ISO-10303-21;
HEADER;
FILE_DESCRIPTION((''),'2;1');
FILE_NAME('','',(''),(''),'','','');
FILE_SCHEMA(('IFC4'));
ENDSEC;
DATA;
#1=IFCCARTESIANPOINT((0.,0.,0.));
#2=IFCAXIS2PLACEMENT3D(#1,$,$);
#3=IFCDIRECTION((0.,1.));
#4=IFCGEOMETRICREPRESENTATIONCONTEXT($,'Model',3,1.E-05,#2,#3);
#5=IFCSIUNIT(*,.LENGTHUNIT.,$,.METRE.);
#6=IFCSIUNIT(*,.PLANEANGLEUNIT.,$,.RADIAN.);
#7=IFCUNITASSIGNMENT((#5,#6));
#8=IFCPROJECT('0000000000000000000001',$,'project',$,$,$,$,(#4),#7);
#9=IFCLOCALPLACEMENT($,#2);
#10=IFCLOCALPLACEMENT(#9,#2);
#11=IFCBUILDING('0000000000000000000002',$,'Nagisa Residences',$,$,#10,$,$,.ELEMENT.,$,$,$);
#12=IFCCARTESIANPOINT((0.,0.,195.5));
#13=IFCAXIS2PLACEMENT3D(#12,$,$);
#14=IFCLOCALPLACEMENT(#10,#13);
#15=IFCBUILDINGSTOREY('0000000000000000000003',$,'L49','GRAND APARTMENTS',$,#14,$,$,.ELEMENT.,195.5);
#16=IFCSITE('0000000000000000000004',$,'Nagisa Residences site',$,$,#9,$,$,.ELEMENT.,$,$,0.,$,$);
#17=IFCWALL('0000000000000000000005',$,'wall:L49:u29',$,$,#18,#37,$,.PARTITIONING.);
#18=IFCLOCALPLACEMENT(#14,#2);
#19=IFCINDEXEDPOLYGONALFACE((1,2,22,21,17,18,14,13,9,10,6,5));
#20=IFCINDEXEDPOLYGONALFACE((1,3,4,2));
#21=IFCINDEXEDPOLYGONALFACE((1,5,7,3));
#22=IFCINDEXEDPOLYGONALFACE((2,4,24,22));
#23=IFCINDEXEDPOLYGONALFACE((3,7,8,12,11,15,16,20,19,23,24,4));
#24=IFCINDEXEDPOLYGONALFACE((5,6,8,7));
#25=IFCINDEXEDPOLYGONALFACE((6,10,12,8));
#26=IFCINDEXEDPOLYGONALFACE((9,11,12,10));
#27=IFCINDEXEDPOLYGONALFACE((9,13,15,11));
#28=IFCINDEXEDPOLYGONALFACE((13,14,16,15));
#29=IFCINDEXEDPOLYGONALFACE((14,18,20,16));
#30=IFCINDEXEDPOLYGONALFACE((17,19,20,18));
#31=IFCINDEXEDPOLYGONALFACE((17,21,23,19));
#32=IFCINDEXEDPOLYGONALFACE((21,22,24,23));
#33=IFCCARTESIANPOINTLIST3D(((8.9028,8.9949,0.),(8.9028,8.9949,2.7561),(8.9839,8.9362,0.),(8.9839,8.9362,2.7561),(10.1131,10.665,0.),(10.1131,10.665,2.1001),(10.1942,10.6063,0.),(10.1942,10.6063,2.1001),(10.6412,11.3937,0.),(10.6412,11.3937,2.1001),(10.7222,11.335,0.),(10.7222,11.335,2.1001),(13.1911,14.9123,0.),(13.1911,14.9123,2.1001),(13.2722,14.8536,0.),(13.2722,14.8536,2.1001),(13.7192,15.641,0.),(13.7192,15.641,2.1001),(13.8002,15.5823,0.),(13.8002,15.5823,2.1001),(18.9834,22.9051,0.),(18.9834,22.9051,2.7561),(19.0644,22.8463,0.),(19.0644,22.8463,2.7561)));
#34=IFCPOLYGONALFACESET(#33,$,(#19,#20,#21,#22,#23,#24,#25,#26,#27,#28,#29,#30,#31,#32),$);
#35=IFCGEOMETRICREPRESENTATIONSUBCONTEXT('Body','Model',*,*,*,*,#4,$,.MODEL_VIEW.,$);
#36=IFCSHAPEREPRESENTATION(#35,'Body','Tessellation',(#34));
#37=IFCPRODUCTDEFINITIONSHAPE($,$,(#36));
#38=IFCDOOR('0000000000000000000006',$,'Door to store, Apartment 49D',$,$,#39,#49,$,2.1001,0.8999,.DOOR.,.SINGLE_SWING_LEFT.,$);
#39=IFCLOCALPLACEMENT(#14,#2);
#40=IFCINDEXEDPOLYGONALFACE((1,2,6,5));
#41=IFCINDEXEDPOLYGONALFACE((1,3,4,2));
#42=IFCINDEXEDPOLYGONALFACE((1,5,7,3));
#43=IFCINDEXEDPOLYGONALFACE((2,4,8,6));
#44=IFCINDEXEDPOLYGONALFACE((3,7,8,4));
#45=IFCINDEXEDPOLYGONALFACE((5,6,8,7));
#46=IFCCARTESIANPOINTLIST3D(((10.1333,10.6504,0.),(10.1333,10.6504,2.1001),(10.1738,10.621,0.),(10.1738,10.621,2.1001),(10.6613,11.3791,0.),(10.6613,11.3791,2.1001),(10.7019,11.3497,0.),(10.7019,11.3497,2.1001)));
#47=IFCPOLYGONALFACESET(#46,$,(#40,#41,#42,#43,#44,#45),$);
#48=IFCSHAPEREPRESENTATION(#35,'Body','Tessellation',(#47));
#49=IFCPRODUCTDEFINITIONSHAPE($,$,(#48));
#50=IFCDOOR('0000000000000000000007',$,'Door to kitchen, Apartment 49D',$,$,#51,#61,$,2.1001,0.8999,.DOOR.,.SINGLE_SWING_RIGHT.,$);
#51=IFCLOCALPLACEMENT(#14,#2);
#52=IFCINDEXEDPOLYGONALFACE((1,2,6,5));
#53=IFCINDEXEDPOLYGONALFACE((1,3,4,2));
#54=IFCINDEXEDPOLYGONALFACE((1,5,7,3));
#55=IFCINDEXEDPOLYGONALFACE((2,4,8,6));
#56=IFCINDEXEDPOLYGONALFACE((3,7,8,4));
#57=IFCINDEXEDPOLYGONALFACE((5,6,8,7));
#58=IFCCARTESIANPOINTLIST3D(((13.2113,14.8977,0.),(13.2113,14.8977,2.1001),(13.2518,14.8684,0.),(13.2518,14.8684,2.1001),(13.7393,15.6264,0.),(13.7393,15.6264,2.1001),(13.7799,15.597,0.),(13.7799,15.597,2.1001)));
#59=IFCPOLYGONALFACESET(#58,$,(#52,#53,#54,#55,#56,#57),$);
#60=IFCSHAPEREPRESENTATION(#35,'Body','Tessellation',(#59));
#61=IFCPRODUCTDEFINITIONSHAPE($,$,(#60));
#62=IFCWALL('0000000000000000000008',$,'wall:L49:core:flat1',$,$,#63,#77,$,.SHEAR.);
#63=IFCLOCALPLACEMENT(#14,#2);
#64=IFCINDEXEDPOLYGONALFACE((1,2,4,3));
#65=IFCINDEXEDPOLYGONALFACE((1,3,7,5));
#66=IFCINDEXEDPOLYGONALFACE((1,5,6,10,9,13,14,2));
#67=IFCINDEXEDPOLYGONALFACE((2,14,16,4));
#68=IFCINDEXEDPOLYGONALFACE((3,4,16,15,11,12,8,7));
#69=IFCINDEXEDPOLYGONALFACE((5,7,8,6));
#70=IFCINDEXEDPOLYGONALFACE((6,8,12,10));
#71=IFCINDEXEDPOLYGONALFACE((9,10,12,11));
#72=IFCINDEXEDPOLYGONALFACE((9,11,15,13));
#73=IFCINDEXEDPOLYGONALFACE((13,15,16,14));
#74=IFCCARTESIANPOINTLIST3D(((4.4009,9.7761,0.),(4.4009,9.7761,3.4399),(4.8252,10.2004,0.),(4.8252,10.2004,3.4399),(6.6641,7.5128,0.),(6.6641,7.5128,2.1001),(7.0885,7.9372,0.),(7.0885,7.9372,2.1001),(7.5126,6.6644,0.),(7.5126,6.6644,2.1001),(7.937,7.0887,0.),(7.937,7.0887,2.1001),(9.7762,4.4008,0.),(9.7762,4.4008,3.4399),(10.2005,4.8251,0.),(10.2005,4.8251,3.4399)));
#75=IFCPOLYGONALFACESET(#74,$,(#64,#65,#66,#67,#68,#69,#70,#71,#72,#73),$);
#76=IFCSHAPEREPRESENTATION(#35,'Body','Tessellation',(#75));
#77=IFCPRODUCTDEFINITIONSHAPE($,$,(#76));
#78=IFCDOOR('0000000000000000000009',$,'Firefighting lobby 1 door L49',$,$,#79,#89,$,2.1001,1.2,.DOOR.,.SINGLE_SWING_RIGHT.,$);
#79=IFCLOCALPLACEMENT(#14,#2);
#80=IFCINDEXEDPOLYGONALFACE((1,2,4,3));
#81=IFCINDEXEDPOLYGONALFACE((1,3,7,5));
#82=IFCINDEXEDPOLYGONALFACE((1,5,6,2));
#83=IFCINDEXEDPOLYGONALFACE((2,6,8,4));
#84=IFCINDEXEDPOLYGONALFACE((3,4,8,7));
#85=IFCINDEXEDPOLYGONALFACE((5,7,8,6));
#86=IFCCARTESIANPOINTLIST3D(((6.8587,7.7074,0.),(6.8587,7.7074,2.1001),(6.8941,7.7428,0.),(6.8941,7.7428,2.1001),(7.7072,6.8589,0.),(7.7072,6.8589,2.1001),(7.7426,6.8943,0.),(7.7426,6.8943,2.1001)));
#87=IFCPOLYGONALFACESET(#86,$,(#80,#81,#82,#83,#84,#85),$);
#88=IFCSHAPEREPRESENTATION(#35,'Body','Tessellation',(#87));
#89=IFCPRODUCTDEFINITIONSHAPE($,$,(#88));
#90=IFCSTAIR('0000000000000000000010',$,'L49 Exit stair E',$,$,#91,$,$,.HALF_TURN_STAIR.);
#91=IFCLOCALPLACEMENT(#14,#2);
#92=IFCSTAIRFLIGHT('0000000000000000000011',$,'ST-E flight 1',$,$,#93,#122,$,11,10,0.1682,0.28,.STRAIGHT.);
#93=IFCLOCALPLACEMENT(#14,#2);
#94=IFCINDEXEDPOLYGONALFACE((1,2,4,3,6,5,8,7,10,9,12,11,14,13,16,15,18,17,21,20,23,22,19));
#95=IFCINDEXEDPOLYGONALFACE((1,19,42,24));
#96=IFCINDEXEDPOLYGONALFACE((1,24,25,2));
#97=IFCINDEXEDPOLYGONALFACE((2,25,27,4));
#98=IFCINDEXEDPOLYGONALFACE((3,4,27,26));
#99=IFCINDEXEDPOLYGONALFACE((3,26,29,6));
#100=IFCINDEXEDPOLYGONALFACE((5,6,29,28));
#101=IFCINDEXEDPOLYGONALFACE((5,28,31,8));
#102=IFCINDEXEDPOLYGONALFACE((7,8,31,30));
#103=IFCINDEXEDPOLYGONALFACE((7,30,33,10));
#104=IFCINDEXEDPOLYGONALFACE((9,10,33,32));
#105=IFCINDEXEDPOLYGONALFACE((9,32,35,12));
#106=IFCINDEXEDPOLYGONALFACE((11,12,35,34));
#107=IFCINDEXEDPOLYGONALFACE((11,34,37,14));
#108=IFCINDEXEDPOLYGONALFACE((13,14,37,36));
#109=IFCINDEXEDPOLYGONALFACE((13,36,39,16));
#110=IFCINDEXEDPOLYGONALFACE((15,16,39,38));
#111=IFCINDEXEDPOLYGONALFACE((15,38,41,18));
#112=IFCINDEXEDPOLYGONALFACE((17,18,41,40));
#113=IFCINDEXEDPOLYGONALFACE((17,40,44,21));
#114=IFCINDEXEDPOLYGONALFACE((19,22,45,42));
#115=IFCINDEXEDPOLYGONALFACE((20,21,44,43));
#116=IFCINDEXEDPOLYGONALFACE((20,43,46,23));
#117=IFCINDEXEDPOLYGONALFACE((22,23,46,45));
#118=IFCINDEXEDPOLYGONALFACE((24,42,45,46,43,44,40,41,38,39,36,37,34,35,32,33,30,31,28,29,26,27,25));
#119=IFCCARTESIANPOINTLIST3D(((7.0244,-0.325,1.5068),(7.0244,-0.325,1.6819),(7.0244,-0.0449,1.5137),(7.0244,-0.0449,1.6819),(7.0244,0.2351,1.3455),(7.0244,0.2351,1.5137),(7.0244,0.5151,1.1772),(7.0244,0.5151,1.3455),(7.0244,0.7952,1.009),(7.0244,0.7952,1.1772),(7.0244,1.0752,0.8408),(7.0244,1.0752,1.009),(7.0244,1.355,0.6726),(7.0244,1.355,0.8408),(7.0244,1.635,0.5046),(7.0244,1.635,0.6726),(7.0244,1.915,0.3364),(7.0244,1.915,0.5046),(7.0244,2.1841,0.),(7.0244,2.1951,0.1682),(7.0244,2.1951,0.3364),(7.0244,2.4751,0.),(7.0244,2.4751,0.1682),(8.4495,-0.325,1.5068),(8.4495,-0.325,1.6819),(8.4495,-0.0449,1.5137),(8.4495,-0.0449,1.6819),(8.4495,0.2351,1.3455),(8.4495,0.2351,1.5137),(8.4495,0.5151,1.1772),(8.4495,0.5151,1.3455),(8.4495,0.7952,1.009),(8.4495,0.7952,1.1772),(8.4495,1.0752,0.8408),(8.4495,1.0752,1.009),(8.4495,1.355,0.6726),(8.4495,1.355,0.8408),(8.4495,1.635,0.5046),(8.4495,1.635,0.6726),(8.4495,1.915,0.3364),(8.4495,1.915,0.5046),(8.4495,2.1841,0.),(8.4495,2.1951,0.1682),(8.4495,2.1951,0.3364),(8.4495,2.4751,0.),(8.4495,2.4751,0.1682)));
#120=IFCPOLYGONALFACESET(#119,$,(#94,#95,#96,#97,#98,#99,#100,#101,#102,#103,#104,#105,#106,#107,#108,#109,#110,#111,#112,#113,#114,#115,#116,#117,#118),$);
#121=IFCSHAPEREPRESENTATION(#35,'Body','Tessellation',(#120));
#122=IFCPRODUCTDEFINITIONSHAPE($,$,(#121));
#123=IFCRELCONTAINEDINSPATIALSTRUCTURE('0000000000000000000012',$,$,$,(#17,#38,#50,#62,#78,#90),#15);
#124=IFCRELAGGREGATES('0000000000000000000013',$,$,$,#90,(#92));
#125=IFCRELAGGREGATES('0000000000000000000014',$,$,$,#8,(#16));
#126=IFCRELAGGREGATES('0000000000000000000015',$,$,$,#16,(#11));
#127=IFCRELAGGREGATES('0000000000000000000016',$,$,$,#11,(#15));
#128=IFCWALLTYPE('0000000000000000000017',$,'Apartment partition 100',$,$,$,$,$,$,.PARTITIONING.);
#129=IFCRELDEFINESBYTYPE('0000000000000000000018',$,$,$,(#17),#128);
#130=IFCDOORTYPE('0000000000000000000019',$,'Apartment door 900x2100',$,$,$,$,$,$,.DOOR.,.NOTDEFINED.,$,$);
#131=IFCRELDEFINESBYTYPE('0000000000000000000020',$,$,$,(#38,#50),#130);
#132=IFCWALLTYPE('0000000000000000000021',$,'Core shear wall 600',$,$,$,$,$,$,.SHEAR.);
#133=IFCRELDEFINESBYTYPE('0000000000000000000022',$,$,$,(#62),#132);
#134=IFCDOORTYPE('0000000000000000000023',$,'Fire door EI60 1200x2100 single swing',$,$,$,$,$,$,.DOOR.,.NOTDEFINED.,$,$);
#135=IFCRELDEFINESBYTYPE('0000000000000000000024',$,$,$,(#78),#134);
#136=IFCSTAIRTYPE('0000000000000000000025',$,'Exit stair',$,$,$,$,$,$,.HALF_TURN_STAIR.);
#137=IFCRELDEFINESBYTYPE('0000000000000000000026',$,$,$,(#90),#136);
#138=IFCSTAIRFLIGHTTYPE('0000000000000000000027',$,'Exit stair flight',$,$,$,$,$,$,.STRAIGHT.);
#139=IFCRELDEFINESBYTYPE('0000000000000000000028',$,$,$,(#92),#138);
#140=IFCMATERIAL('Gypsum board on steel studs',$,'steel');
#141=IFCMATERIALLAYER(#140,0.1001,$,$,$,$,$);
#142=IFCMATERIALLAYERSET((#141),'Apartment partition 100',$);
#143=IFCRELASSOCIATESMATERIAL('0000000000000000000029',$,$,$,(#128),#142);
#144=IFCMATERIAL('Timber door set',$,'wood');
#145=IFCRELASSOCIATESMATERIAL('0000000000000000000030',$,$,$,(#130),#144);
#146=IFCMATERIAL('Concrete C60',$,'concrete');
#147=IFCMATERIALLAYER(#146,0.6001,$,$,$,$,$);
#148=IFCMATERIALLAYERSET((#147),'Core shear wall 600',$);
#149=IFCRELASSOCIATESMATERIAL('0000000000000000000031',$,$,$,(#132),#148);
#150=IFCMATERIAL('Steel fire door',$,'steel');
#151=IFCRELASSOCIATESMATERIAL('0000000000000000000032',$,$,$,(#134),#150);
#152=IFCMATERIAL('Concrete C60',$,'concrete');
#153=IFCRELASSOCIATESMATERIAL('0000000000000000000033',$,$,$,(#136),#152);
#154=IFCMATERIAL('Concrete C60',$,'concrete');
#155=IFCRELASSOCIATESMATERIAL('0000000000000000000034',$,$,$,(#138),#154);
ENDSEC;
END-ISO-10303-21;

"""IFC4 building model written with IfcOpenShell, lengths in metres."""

from ifc_helpers import new_model, si_unit, direction, frame, frame_2d, origin, place, context, subcontext, project, spatial, polyline, rectangle, outline, extrude, material, layer, layer_set, type_object, element, fill, aggregate, save


model = new_model("IFC4")

# Units and contexts
model_context = context("Model", 3, precision=1e-05, world=origin(), true_north=direction((0.0, 1.0)))
body_context = subcontext(model_context, "Body", "Model", "MODEL_VIEW")
ifc_project = project(units=[si_unit("LENGTHUNIT", "METRE"), si_unit("PLANEANGLEUNIT", "RADIAN")], contexts=[model_context])

# Site, building, storey
site_placement = place(None, origin())
site = spatial("IfcSite", under=ifc_project, at=site_placement, Name="Nagisa Residences site", CompositionType="ELEMENT", RefElevation=0.0)
building_placement = place(site_placement, origin())
building = spatial("IfcBuilding", under=site, at=building_placement, Name="Nagisa Residences", CompositionType="ELEMENT")
storey_placement = place(building_placement, frame((0.0, 0.0, 195.5)))
storey = spatial("IfcBuildingStorey", under=building, at=storey_placement, Name="L49", Description="GRAND APARTMENTS", CompositionType="ELEMENT", Elevation=195.5)

# Shared definitions
ifc_material_1 = material(Name="Gypsum board on steel studs", Category="steel")
ifc_layer_1 = layer(ifc_material_1, 0.1001)
ifc_layer_set_1 = layer_set([ifc_layer_1], Name="Apartment partition 100")
wall_type_1 = type_object("IfcWallType", Name="Apartment partition 100", PredefinedType="PARTITIONING", material=ifc_layer_set_1)
ifc_material_2 = material(Name="Timber door set", Category="wood")
door_type_1 = type_object("IfcDoorType", Name="Apartment door 900x2100", OperationType="NOTDEFINED", PredefinedType="DOOR", material=ifc_material_2)

# Wall, openings, doors
wall_1_placement = place(storey_placement, frame((8.9434, 8.9656, 0.0), z_axis=(0.0, 0.0, 1.0), x_axis=(0.586804, 0.809729, 0.0)))
wall_1 = element("IfcWall", 1, at=wall_1_placement, inside=storey, type_object=wall_type_1, Name="wall:L49:u29", PredefinedType="PARTITIONING", context=body_context, shape_type="SweptSolid", body=[
    extrude(rectangle(XDim=17.1787, YDim=0.1001, at=frame_2d((8.5894, 0.0))), origin(), (0.0, 0.0, 1.0), 2.7561),
])
opening_1_placement = place(wall_1_placement, frame((2.0625, 0.0, 0.0)))
opening_1 = element("IfcOpeningElement", 2, at=opening_1_placement, cuts=wall_1, PredefinedType="OPENING", context=body_context, shape_type="SweptSolid", body=[
    extrude(rectangle(XDim=0.8999, YDim=2.1001, at=frame_2d((0.45, 1.05))), frame((0.0, 0.0601, 0.0), z_axis=(0.0, -1.0, 0.0), x_axis=(1.0, 0.0, 0.0)), (0.0, 0.0, 1.0), 0.1201),
])
opening_2_placement = place(wall_1_placement, frame((7.3079, 0.0, 0.0)))
opening_2 = element("IfcOpeningElement", 3, at=opening_2_placement, cuts=wall_1, PredefinedType="OPENING", context=body_context, shape_type="SweptSolid", body=[
    extrude(rectangle(XDim=0.8999, YDim=2.1001, at=frame_2d((0.45, 1.05))), frame((0.0, 0.0601, 0.0), z_axis=(0.0, -1.0, 0.0), x_axis=(1.0, 0.0, 0.0)), (0.0, 0.0, 1.0), 0.1201),
])
door_1_placement = place(opening_1_placement, frame((0.8999, 0.0, 0.0), x_axis=(-1.0, 0.0, 0.0)))
door_1 = element("IfcDoor", 4, at=door_1_placement, inside=storey, type_object=door_type_1, Name="Door to store, Apartment 49D", OperationType="SINGLE_SWING_LEFT", OverallHeight=2.1001, OverallWidth=0.8999, PredefinedType="DOOR", context=body_context, shape_type="SweptSolid", body=[
    extrude(rectangle(XDim=0.8999, YDim=2.1001, at=frame_2d((0.45, 1.05))), frame((0.0, 0.0249, 0.0), z_axis=(0.0, -1.0, 0.0), x_axis=(1.0, 0.0, 0.0)), (0.0, 0.0, 1.0), 0.05),
])
fill(opening_1, door_1)
door_2_placement = place(opening_2_placement, frame((0.8999, 0.0, 0.0), x_axis=(-1.0, 0.0, 0.0)))
door_2 = element("IfcDoor", 5, at=door_2_placement, inside=storey, type_object=door_type_1, Name="Door to kitchen, Apartment 49D", OperationType="SINGLE_SWING_RIGHT", OverallHeight=2.1001, OverallWidth=0.8999, PredefinedType="DOOR", context=body_context, shape_type="SweptSolid", body=[
    extrude(rectangle(XDim=0.8999, YDim=2.1001, at=frame_2d((0.45, 1.05))), frame((0.0, 0.0249, 0.0), z_axis=(0.0, -1.0, 0.0), x_axis=(1.0, 0.0, 0.0)), (0.0, 0.0, 1.0), 0.05),
])
fill(opening_2, door_2)

# Wall, opening, door
ifc_material_3 = material(Name="Concrete C60", Category="concrete")
ifc_layer_2 = layer(ifc_material_3, 0.6001)
ifc_layer_set_2 = layer_set([ifc_layer_2], Name="Core shear wall 600")
wall_type_2 = type_object("IfcWallType", Name="Core shear wall 600", PredefinedType="SHEAR", material=ifc_layer_set_2)
wall_2_placement = place(storey_placement, frame((9.9883, 4.613, 0.0), z_axis=(0.0, 0.0, 1.0), x_axis=(-0.707107, 0.707107, 0.0)))
wall_2 = element("IfcWall", 6, at=wall_2_placement, inside=storey, type_object=wall_type_2, Name="wall:L49:core:flat1", PredefinedType="SHEAR", context=body_context, shape_type="SweptSolid", body=[
    extrude(rectangle(XDim=7.6018, YDim=0.6001, at=frame_2d((3.8008, 0.0))), origin(), (0.0, 0.0, 1.0), 3.4399),
])
opening_3_placement = place(wall_2_placement, frame((3.2009, 0.0, 0.0)))
opening_3 = element("IfcOpeningElement", 7, at=opening_3_placement, cuts=wall_2, PredefinedType="OPENING", context=body_context, shape_type="SweptSolid", body=[
    extrude(rectangle(XDim=1.2, YDim=2.1001, at=frame_2d((0.6001, 1.05))), frame((0.0, 0.3101, 0.0), z_axis=(0.0, -1.0, 0.0), x_axis=(1.0, 0.0, 0.0)), (0.0, 0.0, 1.0), 0.6201),
])
ifc_material_4 = material(Name="Steel fire door", Category="steel")
door_type_2 = type_object("IfcDoorType", Name="Fire door EI60 1200x2100 single swing", OperationType="NOTDEFINED", PredefinedType="DOOR", material=ifc_material_4)
door_3_placement = place(opening_3_placement, origin())
door_3 = element("IfcDoor", 8, at=door_3_placement, inside=storey, type_object=door_type_2, Name="Firefighting lobby 1 door L49", OperationType="SINGLE_SWING_RIGHT", OverallHeight=2.1001, OverallWidth=1.2, PredefinedType="DOOR", context=body_context, shape_type="SweptSolid", body=[
    extrude(rectangle(XDim=1.2, YDim=2.1001, at=frame_2d((0.6001, 1.05))), frame((0.0, 0.0249, 0.0), z_axis=(0.0, -1.0, 0.0), x_axis=(1.0, 0.0, 0.0)), (0.0, 0.0, 1.0), 0.05),
])
fill(opening_3, door_3)

# Stair, stair flight
ifc_material_5 = material(Name="Concrete C60", Category="concrete")
stair_type = type_object("IfcStairType", Name="Exit stair", PredefinedType="HALF_TURN_STAIR", material=ifc_material_5)
stair_placement = place(storey_placement, origin())
stair = element("IfcStair", 9, at=stair_placement, inside=storey, type_object=stair_type, Name="L49 Exit stair E", PredefinedType="HALF_TURN_STAIR")
ifc_material_6 = material(Name="Concrete C60", Category="concrete")
stair_flight_type = type_object("IfcStairFlightType", Name="Exit stair flight", PredefinedType="STRAIGHT", material=ifc_material_6)
stair_flight_placement = place(storey_placement, frame((7.7371, 2.4751, 0.0), z_axis=(0.0, 0.0, 1.0), x_axis=(0.0, -1.0, 0.0)))
stair_flight = element("IfcStairFlight", 10, at=stair_flight_placement, type_object=stair_flight_type, Name="ST-E flight 1", NumberOfRisers=11, NumberOfTreads=10, PredefinedType="STRAIGHT", RiserHeight=0.1682, TreadLength=0.28, context=body_context, shape_type="SweptSolid", body=[
    extrude(outline(polyline([(0.0, 0.0), (0.0, 0.1682), (0.28, 0.1682), (0.28, 0.3364), (0.5601, 0.3364), (0.5601, 0.5046), (0.8401, 0.5046), (0.8401, 0.6726), (1.1201, 0.6726), (1.1201, 0.8408), (1.3999, 0.8408), (1.3999, 1.009), (1.6799, 1.009), (1.6799, 1.1772), (1.96, 1.1772), (1.96, 1.3455), (2.24, 1.3455), (2.24, 1.5137), (2.52, 1.5137), (2.52, 1.6819), (2.8, 1.6819), (2.8, 1.8501), (2.8, 1.5068), (0.291, 0.0), (0.0, 0.0)])), frame((0.0, 0.7124, 0.0), z_axis=(0.0, -1.0, 0.0), x_axis=(1.0, 0.0, 0.0)), (0.0, 0.0, 1.0), 1.425),
])
aggregate(stair, [stair_flight])

save(model, "model.ifc")
